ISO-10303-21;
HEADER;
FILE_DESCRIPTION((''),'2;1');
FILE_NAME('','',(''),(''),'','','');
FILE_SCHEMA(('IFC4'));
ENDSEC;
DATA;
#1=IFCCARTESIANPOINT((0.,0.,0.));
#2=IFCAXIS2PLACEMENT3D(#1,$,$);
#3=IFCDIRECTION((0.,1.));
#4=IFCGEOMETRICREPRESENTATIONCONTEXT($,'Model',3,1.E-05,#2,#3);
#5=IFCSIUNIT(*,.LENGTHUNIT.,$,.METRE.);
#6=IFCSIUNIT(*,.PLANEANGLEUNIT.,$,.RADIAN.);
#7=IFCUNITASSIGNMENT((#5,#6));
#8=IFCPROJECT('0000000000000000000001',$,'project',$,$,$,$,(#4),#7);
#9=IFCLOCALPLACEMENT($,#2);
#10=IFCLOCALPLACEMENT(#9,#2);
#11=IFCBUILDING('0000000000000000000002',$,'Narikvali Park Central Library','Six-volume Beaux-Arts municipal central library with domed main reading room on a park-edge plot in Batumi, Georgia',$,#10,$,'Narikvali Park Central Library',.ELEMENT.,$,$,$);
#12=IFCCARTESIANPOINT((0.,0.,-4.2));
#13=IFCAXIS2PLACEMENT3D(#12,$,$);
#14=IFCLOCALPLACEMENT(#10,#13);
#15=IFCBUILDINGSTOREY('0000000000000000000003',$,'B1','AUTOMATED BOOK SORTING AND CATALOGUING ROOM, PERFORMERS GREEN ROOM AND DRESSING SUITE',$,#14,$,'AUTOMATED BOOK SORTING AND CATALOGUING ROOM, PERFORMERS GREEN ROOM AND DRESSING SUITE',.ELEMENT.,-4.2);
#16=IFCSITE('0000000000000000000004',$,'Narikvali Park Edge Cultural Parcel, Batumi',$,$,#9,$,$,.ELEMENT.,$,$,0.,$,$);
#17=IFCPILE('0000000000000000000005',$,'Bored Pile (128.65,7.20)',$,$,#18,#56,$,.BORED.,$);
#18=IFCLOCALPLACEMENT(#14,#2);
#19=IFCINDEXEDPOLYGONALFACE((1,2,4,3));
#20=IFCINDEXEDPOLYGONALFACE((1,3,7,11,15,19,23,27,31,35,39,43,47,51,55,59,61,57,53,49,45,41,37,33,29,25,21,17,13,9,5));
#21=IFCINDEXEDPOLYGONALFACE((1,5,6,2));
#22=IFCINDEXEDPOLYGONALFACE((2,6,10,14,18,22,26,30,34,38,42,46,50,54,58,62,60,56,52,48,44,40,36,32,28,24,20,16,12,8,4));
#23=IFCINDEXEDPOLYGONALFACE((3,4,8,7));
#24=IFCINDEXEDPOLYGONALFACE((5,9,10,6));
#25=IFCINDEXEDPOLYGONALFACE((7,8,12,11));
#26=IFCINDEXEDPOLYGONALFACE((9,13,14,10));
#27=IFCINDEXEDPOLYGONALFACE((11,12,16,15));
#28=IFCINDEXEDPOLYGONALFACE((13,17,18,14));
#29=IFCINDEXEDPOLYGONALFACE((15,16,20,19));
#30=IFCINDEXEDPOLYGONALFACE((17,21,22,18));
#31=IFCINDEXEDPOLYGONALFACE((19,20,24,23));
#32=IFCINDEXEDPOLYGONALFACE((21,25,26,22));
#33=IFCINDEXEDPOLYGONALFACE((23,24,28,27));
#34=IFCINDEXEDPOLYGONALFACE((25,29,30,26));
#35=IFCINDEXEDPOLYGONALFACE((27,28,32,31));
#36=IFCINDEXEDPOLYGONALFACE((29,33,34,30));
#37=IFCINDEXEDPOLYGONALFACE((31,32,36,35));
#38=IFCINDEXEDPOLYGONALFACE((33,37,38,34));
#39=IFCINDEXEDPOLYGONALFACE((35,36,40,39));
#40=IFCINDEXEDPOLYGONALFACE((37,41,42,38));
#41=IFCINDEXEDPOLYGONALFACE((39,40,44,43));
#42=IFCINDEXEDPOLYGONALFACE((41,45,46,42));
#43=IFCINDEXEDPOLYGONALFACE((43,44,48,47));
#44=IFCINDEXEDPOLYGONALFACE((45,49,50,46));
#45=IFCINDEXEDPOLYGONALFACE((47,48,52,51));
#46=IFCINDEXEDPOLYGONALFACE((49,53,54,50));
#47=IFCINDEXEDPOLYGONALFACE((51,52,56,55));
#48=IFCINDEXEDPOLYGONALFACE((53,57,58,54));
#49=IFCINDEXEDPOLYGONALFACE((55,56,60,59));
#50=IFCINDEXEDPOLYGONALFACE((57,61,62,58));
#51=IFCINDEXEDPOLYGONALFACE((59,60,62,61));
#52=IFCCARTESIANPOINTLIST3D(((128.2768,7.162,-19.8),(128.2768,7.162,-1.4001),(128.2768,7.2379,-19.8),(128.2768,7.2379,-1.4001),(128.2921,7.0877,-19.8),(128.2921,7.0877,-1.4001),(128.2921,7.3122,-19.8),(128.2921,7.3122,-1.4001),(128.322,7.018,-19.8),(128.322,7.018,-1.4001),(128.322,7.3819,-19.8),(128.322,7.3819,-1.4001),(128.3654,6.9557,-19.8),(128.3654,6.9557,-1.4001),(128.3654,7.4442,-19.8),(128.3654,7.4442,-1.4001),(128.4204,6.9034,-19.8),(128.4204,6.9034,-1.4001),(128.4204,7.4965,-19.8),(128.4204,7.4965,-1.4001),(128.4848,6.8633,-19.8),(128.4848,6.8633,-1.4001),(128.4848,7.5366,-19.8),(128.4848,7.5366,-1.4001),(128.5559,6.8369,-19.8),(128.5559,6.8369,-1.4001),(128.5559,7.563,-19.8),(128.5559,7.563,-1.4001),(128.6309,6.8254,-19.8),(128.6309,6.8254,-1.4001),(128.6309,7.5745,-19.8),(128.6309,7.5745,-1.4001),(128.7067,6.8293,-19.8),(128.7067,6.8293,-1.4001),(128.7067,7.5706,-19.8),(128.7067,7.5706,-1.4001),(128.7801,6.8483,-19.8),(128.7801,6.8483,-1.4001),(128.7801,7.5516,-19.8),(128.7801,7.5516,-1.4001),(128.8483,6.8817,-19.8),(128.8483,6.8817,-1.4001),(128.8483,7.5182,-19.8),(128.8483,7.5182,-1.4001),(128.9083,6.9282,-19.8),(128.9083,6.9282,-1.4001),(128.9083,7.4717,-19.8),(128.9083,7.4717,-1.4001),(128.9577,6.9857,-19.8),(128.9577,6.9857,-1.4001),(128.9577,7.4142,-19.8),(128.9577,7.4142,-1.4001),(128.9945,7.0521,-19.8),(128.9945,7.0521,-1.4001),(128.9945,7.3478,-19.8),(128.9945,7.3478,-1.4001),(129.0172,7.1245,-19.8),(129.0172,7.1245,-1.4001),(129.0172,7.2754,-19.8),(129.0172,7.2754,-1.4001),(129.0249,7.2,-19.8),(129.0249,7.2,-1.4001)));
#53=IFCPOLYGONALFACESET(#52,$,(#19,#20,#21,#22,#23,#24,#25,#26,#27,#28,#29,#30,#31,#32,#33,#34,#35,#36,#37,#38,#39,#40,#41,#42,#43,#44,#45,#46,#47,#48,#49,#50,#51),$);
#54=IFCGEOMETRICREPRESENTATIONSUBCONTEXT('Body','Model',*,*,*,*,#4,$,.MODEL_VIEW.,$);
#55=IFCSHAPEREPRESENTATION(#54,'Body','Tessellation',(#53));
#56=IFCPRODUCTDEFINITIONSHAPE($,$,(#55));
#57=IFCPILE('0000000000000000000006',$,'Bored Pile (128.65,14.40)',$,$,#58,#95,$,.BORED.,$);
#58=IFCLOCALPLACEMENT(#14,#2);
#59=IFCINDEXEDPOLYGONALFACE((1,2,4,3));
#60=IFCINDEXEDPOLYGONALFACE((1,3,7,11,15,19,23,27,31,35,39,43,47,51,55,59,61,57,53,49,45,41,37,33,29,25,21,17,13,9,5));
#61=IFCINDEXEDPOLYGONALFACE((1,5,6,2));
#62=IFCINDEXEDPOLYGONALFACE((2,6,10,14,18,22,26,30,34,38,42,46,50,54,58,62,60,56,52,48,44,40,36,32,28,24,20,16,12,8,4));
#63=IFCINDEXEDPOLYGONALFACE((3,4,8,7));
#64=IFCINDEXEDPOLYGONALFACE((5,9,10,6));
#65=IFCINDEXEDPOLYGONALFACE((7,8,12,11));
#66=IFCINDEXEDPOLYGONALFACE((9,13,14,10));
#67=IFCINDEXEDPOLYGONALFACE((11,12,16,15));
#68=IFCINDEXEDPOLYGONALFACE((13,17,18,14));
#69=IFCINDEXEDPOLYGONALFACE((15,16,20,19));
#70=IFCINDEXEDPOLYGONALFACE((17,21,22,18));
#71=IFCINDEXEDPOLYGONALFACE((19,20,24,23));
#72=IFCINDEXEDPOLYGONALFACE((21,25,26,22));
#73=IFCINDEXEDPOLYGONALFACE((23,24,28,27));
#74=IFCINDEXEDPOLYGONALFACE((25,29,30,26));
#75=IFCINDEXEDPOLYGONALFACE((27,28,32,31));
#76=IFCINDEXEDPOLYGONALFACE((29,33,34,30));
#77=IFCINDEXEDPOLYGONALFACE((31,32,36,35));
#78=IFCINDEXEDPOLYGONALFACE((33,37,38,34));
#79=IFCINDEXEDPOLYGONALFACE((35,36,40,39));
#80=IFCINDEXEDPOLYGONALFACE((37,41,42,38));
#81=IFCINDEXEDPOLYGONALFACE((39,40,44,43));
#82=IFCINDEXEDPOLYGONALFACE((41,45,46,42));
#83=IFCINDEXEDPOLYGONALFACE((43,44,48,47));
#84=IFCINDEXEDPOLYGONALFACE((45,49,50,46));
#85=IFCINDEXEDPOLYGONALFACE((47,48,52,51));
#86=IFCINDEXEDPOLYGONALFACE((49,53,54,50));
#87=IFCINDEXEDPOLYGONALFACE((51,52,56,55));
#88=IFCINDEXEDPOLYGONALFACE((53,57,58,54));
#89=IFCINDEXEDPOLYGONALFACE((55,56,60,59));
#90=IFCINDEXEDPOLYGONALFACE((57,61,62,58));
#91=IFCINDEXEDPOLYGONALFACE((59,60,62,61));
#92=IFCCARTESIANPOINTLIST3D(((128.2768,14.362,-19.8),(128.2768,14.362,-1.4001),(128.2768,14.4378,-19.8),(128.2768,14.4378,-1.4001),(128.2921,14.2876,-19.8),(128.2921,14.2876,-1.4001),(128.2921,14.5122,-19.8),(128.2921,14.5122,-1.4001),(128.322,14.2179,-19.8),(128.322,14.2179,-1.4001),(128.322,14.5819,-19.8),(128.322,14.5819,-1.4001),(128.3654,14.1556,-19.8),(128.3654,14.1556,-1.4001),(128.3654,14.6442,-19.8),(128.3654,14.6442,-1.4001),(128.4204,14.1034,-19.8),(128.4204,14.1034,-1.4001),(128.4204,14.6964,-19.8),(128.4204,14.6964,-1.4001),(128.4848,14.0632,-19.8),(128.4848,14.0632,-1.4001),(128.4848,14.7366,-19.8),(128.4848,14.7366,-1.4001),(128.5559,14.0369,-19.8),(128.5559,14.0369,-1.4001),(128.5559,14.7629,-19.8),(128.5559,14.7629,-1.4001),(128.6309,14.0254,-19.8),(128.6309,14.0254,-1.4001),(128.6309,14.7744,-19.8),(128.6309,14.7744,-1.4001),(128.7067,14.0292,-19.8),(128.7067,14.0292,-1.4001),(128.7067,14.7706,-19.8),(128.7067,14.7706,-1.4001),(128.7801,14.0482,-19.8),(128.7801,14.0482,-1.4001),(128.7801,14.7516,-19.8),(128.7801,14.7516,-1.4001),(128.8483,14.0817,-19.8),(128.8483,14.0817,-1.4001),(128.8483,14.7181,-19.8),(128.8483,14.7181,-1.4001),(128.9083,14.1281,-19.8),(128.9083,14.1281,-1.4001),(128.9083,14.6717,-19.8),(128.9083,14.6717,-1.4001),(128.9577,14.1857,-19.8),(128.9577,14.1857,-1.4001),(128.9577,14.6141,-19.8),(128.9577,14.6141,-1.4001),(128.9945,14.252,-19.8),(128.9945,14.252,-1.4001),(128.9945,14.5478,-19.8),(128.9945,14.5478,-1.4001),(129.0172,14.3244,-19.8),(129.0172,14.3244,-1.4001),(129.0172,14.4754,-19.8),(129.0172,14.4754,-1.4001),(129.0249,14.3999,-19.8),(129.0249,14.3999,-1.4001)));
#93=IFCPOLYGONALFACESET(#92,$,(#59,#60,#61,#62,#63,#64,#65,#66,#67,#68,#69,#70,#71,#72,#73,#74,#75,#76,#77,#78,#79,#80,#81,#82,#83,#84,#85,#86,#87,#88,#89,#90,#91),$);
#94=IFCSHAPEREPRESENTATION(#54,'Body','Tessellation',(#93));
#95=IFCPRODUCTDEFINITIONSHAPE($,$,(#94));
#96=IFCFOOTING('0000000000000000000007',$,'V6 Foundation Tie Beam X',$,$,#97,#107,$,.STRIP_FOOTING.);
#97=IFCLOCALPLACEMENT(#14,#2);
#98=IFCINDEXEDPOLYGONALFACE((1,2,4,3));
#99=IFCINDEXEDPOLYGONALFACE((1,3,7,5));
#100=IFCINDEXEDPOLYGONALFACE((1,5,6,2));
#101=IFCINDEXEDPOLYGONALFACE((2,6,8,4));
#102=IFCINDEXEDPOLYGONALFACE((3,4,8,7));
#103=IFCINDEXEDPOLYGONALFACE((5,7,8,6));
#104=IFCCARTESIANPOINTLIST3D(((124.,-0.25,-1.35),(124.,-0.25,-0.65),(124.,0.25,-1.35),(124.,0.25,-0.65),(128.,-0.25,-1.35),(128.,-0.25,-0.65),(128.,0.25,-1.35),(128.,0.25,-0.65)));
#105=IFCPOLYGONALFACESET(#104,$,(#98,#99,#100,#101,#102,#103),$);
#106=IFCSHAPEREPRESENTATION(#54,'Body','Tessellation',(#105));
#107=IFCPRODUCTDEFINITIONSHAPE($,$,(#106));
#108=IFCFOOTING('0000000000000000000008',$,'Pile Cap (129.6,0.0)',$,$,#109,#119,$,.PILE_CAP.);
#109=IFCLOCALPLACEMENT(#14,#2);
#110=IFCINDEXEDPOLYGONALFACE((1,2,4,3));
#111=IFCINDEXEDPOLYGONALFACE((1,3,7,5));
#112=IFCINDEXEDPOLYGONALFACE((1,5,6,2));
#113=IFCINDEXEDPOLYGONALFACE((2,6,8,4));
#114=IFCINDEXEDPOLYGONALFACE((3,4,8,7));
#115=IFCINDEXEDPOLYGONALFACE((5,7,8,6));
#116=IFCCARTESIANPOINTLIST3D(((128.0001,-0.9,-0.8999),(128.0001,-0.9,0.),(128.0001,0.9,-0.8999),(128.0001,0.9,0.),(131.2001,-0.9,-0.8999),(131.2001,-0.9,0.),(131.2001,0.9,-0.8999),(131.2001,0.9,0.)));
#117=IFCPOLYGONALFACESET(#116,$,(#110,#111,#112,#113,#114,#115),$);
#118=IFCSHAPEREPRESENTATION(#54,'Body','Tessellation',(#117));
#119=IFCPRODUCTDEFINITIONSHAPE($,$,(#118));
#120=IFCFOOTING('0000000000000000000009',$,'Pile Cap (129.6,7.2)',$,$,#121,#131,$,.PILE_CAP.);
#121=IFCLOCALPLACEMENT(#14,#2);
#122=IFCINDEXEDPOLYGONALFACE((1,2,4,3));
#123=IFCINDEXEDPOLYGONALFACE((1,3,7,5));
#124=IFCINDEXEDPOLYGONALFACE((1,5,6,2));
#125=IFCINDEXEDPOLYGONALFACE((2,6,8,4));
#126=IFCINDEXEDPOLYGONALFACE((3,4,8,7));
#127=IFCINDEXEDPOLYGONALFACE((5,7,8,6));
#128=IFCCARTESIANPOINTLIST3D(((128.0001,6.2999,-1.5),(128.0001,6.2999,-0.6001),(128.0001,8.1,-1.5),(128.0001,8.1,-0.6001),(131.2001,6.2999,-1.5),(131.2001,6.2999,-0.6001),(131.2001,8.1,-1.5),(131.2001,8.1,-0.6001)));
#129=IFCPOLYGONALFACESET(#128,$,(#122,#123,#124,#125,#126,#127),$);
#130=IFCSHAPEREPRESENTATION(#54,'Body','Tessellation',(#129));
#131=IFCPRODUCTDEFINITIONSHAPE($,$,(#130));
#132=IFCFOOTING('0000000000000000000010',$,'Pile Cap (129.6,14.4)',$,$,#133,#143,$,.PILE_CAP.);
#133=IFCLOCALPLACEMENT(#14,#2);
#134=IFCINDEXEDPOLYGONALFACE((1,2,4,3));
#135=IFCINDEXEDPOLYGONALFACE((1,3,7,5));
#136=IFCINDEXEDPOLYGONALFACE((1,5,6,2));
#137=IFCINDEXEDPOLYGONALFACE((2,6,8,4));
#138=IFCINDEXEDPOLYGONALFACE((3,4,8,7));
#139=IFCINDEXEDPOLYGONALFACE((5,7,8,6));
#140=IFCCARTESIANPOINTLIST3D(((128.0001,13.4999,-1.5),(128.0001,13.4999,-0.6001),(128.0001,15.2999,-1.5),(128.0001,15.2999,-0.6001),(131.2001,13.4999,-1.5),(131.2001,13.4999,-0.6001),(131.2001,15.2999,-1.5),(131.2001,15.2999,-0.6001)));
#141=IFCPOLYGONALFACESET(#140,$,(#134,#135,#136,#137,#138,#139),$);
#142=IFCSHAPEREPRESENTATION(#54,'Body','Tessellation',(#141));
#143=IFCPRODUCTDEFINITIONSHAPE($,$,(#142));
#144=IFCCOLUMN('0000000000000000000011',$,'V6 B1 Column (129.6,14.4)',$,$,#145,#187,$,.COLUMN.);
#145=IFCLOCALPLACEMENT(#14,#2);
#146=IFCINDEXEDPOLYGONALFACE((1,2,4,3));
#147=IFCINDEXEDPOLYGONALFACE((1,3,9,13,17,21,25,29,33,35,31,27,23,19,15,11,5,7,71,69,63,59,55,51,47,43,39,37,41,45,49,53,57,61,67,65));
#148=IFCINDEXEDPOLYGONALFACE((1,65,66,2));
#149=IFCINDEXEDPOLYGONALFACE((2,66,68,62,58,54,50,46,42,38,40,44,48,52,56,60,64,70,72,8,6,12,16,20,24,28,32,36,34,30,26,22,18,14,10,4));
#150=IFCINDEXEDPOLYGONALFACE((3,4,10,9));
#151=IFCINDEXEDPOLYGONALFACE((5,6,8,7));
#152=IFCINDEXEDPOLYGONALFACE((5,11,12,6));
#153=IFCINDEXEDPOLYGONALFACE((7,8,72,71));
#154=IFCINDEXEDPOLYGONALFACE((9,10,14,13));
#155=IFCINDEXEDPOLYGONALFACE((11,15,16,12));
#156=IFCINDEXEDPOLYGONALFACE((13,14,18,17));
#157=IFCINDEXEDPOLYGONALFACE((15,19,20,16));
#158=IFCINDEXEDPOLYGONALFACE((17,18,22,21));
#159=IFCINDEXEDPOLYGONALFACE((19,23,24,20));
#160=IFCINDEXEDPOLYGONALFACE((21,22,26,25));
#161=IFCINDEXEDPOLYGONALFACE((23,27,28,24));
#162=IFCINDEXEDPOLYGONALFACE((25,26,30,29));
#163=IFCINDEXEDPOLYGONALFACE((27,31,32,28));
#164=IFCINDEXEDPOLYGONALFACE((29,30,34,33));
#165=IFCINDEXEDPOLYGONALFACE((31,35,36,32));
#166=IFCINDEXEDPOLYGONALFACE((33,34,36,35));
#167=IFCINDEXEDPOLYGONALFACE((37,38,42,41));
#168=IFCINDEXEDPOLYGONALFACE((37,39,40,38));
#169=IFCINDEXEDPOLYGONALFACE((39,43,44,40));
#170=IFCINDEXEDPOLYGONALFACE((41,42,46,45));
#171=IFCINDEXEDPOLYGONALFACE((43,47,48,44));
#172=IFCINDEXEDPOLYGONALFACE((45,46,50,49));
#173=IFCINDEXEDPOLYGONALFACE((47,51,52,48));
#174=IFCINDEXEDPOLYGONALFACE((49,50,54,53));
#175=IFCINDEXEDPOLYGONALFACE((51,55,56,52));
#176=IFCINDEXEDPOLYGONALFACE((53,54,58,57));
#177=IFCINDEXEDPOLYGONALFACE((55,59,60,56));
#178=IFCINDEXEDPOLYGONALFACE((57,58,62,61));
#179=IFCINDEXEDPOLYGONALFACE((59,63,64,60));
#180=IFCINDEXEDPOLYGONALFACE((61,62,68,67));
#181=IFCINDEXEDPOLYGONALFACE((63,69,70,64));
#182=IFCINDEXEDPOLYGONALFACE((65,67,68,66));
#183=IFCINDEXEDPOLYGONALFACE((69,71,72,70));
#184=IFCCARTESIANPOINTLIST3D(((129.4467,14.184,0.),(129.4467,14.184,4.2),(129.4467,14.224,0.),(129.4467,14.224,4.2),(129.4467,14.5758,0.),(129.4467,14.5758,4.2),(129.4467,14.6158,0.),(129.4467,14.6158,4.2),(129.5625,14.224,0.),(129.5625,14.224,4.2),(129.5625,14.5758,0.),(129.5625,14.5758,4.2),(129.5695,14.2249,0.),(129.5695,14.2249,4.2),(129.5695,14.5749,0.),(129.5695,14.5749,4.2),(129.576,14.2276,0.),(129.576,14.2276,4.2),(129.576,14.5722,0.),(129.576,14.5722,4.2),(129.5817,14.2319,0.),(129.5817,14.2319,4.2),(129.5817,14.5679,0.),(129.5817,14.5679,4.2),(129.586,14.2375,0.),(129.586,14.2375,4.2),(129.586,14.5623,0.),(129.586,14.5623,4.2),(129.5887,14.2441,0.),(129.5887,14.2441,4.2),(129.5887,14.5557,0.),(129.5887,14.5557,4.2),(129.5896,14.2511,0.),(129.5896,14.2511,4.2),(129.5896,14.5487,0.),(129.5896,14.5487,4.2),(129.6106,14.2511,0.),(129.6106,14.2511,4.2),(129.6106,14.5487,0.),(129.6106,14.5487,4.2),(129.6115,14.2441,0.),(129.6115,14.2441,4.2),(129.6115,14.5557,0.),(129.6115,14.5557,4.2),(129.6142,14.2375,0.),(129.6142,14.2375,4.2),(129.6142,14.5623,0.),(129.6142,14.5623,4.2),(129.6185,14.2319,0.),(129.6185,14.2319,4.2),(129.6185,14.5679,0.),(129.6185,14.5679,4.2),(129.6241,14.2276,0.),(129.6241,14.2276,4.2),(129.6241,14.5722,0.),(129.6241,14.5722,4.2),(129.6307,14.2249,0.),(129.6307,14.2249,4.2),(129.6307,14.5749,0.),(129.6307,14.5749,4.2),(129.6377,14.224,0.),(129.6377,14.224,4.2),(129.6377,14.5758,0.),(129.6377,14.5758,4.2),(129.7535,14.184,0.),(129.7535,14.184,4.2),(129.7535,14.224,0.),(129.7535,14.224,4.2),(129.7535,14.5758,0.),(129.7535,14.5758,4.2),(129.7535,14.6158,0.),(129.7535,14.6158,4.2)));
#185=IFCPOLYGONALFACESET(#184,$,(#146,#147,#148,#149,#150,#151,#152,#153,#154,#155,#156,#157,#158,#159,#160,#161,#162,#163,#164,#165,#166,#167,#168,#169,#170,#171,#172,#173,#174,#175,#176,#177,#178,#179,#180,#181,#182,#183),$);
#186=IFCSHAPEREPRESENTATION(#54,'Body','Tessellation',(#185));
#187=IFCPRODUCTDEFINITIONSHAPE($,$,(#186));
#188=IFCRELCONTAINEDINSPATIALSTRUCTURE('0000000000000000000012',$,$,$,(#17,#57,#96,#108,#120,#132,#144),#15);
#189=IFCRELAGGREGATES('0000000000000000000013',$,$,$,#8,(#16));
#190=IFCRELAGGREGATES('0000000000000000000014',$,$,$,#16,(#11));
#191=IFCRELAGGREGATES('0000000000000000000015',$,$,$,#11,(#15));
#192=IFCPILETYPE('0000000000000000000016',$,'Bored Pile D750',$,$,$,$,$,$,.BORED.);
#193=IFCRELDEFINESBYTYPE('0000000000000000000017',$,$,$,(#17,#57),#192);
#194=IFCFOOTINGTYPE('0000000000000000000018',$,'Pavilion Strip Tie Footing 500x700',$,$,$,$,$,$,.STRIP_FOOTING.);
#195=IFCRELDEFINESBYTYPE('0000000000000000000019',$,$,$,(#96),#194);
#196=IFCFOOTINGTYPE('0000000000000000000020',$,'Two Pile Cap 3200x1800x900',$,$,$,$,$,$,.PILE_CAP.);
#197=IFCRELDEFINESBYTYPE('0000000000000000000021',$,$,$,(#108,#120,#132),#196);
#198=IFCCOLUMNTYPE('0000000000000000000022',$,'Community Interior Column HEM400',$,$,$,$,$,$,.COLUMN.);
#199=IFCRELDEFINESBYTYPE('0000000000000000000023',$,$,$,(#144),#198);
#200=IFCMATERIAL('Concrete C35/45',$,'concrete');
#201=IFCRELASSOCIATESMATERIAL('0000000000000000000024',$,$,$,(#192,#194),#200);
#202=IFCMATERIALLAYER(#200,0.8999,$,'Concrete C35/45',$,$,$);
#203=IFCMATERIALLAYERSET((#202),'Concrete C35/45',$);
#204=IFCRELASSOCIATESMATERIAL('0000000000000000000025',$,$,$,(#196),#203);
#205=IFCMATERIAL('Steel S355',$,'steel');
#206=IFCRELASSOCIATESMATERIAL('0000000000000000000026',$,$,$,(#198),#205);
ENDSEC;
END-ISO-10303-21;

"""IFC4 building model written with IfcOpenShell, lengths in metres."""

from ifc_helpers import new_model, si_unit, direction, frame, origin, origin_2d, place, context, subcontext, project, spatial, rectangle, circle, i_section, extrude, material, layer, layer_set, material_profile, profile_set, type_object, element, save


model = new_model("IFC4")

# Units and contexts
model_context = context("Model", 3, precision=1e-05, world=origin(), true_north=direction((0.0, 1.0)))
body_context = subcontext(model_context, "Body", "Model", "MODEL_VIEW")
ifc_project = project(units=[si_unit("LENGTHUNIT", "METRE"), si_unit("PLANEANGLEUNIT", "RADIAN")], contexts=[model_context])

# Site, building, storey
site_placement = place(None, origin())
site = spatial("IfcSite", under=ifc_project, at=site_placement, Name="Narikvali Park Edge Cultural Parcel, Batumi", CompositionType="ELEMENT", RefElevation=0.0)
building_placement = place(site_placement, origin())
building = spatial("IfcBuilding", under=site, at=building_placement, Name="Narikvali Park Central Library", Description="Six-volume Beaux-Arts municipal central library with domed main reading room on a park-edge plot in Batumi, Georgia", LongName="Narikvali Park Central Library", CompositionType="ELEMENT")
storey_placement = place(building_placement, frame((0.0, 0.0, -4.2)))
storey = spatial("IfcBuildingStorey", under=building, at=storey_placement, Name="B1", Description="AUTOMATED BOOK SORTING AND CATALOGUING ROOM, PERFORMERS GREEN ROOM AND DRESSING SUITE", LongName="AUTOMATED BOOK SORTING AND CATALOGUING ROOM, PERFORMERS GREEN ROOM AND DRESSING SUITE", CompositionType="ELEMENT", Elevation=-4.2)

# Piles
ifc_material_1 = material(Name="Concrete C35/45", Category="concrete")
ifc_material_profile_1 = material_profile(ifc_material_1, circle(Radius=0.375, at=origin_2d()), Name="PILE D750")
ifc_profile_set_1 = profile_set([ifc_material_profile_1], Name="Concrete C35/45")
pile_type = type_object("IfcPileType", Name="Bored Pile D750", PredefinedType="BORED", material=ifc_profile_set_1)
for number, where, z_axis, x_axis, name in (
    (1, (128.6499, 7.2, -1.4001), (0.0, 0.0, -1.0), (1.0, 0.0, 0.0), "Bored Pile (128.65,7.20)"),
    (2, (128.6499, 14.3999, -1.4001), (0.0, 0.0, -1.0), (1.0, 0.0, 0.0), "Bored Pile (128.65,14.40)"),
):
    element("IfcPile", number, at=place(storey_placement, frame(where, z_axis=z_axis, x_axis=x_axis)), inside=storey, type_object=pile_type, Name=name, PredefinedType="BORED", context=body_context, shape_type="SweptSolid", body=[
        extrude(circle(Radius=0.375, at=origin_2d()), origin(), (0.0, 0.0, 1.0), 18.3999),
    ])

# Footings
ifc_material_profile_2 = material_profile(ifc_material_1, rectangle(XDim=0.5, YDim=0.7, at=origin_2d()), Name="RC GB 500x700")
ifc_profile_set_2 = profile_set([ifc_material_profile_2], Name="Concrete C35/45")
footing_type_1 = type_object("IfcFootingType", Name="Pavilion Strip Tie Footing 500x700", PredefinedType="STRIP_FOOTING", material=ifc_profile_set_2)
footing_placement = place(storey_placement, frame((124.0, 0.0, -1.0), z_axis=(1.0, 0.0, 0.0), x_axis=(0.0, 1.0, 0.0)))
element("IfcFooting", 3, at=footing_placement, inside=storey, type_object=footing_type_1, Name="V6 Foundation Tie Beam X", PredefinedType="STRIP_FOOTING", context=body_context, shape_type="SweptSolid", body=[
    extrude(rectangle(XDim=0.5, YDim=0.7, at=origin_2d()), origin(), (0.0, 0.0, 1.0), 4.0),
])
ifc_layer_1 = layer(ifc_material_1, 0.8999, Name="Concrete C35/45")
ifc_layer_set_1 = layer_set([ifc_layer_1], Name="Concrete C35/45")
footing_type_2 = type_object("IfcFootingType", Name="Two Pile Cap 3200x1800x900", PredefinedType="PILE_CAP", material=ifc_layer_set_1)
for number, where, z_axis, x_axis, name in (
    (4, (129.6001, 0.0, -0.8999), (0.0, 0.0, 1.0), (1.0, 0.0, 0.0), "Pile Cap (129.6,0.0)"),
    (5, (129.6001, 7.2, -1.5), (0.0, 0.0, 1.0), (1.0, 0.0, 0.0), "Pile Cap (129.6,7.2)"),
    (6, (129.6001, 14.3999, -1.5), (0.0, 0.0, 1.0), (1.0, 0.0, 0.0), "Pile Cap (129.6,14.4)"),
):
    element("IfcFooting", number, at=place(storey_placement, frame(where, z_axis=z_axis, x_axis=x_axis)), inside=storey, type_object=footing_type_2, Name=name, PredefinedType="PILE_CAP", context=body_context, shape_type="SweptSolid", body=[
        extrude(rectangle(XDim=3.2, YDim=1.8, at=origin_2d()), origin(), (0.0, 0.0, 1.0), 0.8999),
    ])

# Column
ifc_material_2 = material(Name="Steel S355", Category="steel")
ifc_material_profile_3 = material_profile(ifc_material_2, i_section(OverallWidth=0.3069, OverallDepth=0.4319, WebThickness=0.021, FlangeThickness=0.04, FilletRadius=0.0271, at=origin_2d()), Name="HEM 400")
ifc_profile_set_3 = profile_set([ifc_material_profile_3], Name="Steel S355")
column_type_1 = type_object("IfcColumnType", Name="Community Interior Column HEM400", PredefinedType="COLUMN", material=ifc_profile_set_3)
column_placement = place(storey_placement, frame((129.6001, 14.3999, 0.0), z_axis=(0.0, 0.0, 1.0), x_axis=(1.0, 0.0, 0.0)))
element("IfcColumn", 7, at=column_placement, inside=storey, type_object=column_type_1, Name="V6 B1 Column (129.6,14.4)", PredefinedType="COLUMN", context=body_context, shape_type="SweptSolid", body=[
    extrude(i_section(OverallWidth=0.3069, OverallDepth=0.4319, WebThickness=0.021, FlangeThickness=0.04, FilletRadius=0.0271, at=origin_2d()), origin(), (0.0, 0.0, 1.0), 4.2),
])

save(model, "model.ifc")
